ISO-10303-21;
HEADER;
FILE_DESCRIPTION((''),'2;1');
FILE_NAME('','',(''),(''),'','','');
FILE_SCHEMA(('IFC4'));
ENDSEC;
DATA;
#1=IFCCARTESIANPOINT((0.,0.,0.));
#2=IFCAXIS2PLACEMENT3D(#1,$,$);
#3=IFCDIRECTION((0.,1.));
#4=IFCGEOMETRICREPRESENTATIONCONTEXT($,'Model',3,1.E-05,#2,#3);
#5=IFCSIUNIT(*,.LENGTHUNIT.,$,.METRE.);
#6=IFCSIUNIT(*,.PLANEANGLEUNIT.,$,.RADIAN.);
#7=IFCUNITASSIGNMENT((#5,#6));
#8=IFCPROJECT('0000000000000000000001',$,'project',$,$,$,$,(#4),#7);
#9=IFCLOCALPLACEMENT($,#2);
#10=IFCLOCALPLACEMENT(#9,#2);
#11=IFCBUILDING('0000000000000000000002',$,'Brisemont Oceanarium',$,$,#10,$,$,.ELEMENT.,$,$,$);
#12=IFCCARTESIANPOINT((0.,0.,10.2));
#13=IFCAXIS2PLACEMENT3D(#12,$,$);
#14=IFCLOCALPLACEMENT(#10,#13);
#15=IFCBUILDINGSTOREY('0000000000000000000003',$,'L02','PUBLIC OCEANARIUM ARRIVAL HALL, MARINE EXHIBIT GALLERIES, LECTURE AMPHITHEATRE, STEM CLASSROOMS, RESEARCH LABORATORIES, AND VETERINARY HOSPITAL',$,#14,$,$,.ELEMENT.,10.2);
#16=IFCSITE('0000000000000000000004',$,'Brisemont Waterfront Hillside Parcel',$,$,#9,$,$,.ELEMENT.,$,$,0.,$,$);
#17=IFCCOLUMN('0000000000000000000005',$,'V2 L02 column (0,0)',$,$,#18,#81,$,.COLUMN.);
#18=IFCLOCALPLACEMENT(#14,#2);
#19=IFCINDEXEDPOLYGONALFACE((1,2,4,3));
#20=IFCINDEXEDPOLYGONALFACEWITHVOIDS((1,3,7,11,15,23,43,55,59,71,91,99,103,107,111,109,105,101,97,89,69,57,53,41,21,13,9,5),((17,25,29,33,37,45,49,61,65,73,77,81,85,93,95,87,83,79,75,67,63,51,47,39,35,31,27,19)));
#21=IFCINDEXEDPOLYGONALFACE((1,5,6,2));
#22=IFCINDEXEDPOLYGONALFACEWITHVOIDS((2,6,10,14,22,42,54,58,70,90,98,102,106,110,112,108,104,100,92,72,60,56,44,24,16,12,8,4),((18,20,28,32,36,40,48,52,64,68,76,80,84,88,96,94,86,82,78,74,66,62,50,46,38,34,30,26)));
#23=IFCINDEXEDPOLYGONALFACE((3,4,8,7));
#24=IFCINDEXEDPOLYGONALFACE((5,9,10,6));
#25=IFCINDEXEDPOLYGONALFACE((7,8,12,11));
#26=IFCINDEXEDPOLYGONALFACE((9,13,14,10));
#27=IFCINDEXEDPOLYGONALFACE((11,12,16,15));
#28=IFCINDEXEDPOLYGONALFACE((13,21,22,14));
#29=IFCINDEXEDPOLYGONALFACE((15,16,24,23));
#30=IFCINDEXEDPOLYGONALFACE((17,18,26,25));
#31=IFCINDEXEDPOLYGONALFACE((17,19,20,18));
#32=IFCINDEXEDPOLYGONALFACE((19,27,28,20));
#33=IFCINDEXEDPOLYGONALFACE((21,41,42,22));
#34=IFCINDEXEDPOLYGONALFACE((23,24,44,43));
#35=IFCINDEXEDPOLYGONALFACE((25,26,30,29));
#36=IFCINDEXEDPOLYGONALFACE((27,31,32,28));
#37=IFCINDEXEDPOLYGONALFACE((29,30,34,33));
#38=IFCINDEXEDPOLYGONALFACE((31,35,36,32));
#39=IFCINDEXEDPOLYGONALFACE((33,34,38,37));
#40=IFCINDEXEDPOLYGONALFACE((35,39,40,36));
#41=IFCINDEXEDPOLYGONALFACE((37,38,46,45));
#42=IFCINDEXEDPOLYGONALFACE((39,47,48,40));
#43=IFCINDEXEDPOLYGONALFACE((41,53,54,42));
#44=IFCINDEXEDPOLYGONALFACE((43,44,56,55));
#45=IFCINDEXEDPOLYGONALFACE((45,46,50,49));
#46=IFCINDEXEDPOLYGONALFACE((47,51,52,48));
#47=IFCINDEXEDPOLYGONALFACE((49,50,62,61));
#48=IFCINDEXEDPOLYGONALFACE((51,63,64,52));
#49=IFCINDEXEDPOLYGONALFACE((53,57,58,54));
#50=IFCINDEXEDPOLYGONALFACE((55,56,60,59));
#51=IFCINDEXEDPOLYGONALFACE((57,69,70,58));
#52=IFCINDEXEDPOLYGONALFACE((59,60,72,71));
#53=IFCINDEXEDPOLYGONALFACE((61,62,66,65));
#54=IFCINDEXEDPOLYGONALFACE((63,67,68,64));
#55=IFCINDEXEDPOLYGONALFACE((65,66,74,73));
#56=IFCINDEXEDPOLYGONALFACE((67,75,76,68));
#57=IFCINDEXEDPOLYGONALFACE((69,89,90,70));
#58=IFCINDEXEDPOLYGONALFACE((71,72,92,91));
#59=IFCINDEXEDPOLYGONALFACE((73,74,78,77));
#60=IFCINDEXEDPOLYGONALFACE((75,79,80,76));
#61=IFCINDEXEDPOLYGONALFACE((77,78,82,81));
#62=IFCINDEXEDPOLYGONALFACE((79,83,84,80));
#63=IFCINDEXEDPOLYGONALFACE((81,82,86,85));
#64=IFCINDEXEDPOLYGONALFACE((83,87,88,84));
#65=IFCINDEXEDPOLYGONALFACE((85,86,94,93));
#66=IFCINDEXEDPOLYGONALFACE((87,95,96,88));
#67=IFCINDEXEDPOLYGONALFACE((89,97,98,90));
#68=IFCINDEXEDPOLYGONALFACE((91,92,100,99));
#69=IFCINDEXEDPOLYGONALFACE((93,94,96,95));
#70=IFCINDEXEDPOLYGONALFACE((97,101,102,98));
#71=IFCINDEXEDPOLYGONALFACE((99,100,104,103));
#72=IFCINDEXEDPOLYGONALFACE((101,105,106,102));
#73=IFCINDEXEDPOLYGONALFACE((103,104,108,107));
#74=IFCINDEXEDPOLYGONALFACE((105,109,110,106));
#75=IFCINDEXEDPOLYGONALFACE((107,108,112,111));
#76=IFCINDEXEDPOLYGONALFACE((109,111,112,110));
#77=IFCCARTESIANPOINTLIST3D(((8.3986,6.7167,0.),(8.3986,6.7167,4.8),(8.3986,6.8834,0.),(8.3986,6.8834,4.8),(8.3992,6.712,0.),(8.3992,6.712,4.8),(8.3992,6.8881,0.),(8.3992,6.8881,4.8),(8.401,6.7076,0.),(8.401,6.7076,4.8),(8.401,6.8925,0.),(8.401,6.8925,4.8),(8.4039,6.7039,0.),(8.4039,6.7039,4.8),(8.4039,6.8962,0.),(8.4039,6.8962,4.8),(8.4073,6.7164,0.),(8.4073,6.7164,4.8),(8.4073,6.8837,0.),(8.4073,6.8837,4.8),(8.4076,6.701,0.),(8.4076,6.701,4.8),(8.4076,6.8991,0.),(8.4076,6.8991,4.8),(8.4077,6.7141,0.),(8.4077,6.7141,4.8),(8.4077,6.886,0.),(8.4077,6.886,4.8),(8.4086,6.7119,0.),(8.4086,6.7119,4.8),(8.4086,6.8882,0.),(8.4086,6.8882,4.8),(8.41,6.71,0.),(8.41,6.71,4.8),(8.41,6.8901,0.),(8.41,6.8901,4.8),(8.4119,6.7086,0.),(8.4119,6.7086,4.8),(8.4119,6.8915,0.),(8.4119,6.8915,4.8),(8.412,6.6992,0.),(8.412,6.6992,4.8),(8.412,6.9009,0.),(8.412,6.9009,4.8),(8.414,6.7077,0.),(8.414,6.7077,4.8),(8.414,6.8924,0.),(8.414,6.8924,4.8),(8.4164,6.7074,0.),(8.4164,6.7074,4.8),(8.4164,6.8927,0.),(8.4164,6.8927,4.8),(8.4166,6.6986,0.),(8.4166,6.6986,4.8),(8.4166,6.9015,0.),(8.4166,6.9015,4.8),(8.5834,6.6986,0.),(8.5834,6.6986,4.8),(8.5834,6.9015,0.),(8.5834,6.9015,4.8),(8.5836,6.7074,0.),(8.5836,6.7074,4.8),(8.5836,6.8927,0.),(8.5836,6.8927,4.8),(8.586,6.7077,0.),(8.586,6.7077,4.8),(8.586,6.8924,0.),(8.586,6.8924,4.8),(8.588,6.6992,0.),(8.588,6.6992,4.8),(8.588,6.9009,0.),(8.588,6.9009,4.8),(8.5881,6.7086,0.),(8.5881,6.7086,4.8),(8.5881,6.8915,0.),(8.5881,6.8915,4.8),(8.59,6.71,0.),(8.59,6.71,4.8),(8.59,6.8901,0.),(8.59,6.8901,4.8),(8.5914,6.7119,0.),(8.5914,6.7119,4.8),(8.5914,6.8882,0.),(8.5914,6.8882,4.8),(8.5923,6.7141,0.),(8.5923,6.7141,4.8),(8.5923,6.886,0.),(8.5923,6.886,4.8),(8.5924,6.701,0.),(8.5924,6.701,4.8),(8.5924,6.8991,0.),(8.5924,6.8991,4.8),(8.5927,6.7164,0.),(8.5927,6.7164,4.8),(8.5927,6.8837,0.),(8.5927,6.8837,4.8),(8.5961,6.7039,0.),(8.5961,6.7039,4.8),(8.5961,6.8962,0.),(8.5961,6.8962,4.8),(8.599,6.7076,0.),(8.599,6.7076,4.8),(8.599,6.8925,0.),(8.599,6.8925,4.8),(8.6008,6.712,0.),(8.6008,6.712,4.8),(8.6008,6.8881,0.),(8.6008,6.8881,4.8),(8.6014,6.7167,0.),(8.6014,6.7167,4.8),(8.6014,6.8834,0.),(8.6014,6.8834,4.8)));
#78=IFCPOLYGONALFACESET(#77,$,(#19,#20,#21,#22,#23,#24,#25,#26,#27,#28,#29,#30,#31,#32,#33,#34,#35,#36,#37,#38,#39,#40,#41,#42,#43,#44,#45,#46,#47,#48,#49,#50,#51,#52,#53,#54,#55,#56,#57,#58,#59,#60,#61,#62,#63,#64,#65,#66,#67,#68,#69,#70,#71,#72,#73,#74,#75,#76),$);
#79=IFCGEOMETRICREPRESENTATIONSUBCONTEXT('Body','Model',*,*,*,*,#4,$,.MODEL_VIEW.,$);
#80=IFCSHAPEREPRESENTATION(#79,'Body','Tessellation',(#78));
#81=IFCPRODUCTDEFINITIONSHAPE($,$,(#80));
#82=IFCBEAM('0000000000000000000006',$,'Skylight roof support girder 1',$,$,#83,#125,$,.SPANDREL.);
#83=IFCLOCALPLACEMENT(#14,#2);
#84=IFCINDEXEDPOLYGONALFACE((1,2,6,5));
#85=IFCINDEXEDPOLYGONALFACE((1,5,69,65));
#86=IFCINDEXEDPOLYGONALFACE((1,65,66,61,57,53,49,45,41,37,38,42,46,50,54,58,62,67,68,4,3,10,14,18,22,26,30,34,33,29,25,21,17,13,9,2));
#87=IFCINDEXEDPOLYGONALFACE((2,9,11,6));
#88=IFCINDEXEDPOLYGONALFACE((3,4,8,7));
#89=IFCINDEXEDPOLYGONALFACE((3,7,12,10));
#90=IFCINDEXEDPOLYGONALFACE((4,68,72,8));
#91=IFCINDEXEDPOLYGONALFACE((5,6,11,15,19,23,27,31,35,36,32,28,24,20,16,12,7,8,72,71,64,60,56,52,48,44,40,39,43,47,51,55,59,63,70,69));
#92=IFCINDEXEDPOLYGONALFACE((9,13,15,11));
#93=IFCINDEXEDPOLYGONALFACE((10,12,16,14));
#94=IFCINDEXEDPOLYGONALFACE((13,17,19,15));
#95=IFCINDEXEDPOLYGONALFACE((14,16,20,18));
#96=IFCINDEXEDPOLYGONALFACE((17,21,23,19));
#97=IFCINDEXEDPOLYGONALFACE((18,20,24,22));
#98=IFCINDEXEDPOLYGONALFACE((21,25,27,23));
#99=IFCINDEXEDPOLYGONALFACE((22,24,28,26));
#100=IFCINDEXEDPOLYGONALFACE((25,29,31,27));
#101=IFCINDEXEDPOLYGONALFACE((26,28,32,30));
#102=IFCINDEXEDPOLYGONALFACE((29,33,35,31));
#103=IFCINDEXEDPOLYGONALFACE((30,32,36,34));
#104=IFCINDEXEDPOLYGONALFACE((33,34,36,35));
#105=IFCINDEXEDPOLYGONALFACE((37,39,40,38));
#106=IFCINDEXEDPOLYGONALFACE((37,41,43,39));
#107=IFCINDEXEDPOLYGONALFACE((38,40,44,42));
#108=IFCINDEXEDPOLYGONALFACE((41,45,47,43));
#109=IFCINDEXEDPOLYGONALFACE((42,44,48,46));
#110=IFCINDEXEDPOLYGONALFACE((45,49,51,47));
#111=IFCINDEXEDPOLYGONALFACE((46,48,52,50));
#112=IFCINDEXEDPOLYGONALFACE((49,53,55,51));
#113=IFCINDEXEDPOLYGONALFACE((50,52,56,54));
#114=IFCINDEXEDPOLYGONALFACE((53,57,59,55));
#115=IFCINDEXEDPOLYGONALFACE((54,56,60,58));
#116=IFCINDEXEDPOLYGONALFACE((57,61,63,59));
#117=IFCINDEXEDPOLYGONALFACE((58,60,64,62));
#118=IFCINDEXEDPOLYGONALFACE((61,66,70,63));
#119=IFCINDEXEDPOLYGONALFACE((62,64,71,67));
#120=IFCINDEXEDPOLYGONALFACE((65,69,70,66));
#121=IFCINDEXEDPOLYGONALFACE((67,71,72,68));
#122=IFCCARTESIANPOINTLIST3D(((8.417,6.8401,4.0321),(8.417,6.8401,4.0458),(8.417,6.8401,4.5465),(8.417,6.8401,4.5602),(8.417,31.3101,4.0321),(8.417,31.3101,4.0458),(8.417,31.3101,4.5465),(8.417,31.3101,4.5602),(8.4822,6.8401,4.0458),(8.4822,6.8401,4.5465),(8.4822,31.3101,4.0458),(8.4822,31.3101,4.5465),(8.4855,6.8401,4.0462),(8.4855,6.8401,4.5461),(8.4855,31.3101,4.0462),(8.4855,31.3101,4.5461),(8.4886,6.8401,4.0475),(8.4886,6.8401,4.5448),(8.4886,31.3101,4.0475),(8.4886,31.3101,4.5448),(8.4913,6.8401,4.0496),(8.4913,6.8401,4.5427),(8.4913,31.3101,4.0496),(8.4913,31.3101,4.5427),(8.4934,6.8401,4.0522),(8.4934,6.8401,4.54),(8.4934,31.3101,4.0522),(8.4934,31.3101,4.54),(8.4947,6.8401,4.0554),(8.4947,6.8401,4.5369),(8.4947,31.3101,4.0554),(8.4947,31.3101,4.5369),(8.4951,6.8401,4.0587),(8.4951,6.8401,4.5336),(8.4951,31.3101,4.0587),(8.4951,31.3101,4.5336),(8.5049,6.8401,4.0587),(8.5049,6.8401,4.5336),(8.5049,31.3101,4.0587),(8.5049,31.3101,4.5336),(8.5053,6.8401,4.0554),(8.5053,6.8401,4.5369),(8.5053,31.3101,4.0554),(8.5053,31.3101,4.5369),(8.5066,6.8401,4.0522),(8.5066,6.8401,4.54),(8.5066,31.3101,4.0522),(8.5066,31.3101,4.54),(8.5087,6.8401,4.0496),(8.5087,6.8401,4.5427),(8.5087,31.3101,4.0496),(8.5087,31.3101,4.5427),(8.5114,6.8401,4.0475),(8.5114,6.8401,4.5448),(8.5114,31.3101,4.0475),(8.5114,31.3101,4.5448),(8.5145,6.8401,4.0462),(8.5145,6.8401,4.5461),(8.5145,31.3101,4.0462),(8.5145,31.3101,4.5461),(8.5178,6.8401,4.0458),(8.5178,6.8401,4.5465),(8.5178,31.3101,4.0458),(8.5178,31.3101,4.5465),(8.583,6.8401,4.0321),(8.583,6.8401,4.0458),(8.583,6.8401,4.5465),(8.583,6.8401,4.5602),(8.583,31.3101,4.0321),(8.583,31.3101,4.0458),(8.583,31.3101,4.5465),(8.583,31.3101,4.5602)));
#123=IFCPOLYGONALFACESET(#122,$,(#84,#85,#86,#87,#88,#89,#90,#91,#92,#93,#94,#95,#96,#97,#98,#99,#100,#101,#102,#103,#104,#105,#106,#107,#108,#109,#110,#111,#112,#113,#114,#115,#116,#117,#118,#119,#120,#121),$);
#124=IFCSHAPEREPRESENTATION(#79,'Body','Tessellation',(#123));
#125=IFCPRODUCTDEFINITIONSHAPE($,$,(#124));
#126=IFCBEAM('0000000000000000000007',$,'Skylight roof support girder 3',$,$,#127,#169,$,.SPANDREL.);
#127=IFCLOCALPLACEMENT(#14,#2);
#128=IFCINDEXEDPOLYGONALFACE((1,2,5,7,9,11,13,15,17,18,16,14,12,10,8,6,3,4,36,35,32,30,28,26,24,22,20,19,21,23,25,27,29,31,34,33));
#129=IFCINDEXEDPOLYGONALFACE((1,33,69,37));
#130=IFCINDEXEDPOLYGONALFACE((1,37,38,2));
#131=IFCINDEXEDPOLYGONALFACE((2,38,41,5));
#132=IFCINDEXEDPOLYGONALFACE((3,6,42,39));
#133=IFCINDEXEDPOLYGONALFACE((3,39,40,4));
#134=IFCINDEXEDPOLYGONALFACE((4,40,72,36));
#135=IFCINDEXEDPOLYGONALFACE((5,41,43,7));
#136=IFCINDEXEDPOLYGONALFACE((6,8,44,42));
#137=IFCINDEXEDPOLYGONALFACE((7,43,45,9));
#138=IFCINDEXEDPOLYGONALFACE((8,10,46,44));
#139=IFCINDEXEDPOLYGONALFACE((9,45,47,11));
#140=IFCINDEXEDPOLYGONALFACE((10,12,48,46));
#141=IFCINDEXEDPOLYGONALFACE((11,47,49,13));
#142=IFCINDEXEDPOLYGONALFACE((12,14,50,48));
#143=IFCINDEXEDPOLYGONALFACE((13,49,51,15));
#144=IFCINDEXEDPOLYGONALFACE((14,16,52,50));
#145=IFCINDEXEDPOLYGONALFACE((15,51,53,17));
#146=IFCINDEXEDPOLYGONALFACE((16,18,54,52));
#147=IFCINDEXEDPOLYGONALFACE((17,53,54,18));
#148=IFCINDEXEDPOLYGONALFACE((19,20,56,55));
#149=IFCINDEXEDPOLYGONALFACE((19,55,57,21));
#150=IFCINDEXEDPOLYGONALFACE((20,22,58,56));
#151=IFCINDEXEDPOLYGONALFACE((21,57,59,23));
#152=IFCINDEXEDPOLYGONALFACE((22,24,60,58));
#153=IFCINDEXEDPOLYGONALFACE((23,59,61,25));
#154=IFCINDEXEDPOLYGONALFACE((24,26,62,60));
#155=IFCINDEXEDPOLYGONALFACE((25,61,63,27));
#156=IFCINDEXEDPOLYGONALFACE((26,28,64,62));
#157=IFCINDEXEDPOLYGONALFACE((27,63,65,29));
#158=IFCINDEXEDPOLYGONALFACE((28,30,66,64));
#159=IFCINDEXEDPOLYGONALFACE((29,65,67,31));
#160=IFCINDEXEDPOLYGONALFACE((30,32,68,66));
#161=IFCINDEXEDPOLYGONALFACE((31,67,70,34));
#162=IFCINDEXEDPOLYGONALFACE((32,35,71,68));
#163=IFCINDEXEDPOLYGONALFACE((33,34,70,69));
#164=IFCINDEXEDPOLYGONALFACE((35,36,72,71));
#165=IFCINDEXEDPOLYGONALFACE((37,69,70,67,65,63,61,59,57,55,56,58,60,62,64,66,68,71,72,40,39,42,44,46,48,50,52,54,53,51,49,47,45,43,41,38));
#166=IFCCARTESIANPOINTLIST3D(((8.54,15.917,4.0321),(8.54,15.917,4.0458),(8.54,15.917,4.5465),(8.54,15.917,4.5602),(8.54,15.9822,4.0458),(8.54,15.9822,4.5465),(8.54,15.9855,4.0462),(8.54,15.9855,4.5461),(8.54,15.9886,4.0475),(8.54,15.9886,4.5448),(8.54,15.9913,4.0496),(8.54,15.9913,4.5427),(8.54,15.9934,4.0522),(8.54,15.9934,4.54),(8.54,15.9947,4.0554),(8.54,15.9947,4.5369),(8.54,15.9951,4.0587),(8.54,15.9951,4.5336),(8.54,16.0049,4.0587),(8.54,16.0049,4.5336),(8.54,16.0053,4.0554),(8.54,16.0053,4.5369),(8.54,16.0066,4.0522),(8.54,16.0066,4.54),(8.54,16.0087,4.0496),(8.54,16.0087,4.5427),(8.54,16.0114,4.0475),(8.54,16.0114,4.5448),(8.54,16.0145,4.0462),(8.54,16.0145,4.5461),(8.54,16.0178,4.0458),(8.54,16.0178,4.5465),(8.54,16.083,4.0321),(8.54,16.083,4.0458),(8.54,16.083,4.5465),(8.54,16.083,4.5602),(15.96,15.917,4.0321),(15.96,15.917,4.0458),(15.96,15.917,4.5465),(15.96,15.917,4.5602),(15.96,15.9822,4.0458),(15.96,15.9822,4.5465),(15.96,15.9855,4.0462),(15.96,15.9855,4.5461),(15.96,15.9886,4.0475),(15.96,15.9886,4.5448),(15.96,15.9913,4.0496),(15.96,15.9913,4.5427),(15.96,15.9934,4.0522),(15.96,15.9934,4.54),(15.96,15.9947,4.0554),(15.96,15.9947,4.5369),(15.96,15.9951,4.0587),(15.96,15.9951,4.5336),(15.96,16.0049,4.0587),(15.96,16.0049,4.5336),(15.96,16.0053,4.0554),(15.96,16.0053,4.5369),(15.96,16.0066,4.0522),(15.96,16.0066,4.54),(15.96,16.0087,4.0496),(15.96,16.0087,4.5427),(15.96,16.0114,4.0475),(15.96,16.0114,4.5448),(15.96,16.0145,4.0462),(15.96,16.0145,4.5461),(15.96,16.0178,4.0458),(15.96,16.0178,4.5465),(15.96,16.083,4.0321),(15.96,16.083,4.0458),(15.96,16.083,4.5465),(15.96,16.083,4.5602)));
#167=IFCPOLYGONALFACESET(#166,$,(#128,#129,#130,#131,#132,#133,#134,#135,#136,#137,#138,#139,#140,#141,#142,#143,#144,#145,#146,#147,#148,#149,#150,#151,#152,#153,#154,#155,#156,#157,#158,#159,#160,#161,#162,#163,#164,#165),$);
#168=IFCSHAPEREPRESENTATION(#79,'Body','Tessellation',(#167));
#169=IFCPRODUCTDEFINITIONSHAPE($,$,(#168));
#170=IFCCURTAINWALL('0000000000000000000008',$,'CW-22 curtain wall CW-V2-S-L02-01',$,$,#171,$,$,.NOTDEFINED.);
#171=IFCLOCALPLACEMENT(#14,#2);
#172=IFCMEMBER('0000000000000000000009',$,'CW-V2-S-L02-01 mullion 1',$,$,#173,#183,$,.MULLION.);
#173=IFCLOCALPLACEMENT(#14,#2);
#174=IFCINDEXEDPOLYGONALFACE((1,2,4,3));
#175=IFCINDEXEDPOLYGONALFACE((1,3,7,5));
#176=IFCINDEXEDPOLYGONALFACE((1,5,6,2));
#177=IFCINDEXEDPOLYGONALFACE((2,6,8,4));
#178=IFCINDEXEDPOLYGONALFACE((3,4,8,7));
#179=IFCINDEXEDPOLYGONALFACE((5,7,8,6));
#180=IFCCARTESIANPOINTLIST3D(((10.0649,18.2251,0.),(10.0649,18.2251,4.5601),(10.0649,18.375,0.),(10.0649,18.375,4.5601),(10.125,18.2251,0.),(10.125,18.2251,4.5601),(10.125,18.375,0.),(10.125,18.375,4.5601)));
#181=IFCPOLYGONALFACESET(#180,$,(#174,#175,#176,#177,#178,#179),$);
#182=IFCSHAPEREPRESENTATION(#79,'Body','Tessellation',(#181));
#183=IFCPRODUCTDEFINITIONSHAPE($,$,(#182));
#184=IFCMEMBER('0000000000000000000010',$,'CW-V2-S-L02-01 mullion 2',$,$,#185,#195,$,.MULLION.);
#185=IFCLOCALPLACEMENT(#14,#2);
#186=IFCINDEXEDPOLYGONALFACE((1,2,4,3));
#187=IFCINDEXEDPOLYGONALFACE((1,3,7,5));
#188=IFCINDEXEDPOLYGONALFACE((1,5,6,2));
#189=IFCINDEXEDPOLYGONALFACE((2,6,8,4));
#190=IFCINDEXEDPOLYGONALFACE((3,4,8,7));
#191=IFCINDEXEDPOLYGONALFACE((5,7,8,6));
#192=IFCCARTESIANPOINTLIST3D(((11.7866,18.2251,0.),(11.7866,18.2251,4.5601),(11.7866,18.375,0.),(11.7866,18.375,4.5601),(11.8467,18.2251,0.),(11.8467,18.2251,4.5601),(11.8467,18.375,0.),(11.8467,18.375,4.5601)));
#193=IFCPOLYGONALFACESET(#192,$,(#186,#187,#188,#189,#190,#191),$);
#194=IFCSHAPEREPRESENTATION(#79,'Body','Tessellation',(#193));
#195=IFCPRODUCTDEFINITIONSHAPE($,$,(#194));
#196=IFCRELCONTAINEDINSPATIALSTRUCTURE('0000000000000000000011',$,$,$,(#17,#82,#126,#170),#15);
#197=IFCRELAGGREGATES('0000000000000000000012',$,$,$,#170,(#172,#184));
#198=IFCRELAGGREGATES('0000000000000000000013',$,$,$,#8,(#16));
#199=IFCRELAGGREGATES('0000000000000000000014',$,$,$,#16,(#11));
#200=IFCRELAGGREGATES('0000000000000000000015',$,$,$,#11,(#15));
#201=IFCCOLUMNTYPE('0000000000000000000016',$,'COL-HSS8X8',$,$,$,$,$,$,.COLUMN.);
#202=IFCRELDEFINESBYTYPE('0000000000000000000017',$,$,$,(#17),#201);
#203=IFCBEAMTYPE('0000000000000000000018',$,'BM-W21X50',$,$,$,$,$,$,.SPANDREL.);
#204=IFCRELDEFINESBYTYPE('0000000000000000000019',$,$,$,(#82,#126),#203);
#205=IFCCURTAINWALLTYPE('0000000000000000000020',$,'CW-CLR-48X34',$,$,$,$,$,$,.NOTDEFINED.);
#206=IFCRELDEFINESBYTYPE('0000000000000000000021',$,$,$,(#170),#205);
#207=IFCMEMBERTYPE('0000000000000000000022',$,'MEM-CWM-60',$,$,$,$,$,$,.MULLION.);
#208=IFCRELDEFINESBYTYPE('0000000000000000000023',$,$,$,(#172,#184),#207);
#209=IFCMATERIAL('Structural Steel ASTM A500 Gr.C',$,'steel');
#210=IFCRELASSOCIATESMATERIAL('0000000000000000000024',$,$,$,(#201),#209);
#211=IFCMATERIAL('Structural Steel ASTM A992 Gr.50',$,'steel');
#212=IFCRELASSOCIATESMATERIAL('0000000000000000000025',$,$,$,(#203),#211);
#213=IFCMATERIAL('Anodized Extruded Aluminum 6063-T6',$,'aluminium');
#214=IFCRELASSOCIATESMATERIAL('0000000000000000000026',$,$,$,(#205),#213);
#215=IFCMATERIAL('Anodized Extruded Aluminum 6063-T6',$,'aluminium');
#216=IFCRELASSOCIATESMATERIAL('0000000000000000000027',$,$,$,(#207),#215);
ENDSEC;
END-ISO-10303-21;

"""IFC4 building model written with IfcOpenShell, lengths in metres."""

from ifc_helpers import new_model, si_unit, direction, frame, origin, origin_2d, place, context, subcontext, project, spatial, rectangle, hollow_rectangle, i_section, extrude, material, material_profile, profile_set, type_object, element, aggregate, save


model = new_model("IFC4")

# Units and contexts
model_context = context("Model", 3, precision=1e-05, world=origin(), true_north=direction((0.0, 1.0)))
body_context = subcontext(model_context, "Body", "Model", "MODEL_VIEW")
ifc_project = project(units=[si_unit("LENGTHUNIT", "METRE"), si_unit("PLANEANGLEUNIT", "RADIAN")], contexts=[model_context])

# Site, building, storey
site_placement = place(None, origin())
site = spatial("IfcSite", under=ifc_project, at=site_placement, Name="Brisemont Waterfront Hillside Parcel", CompositionType="ELEMENT", RefElevation=0.0)
building_placement = place(site_placement, origin())
building = spatial("IfcBuilding", under=site, at=building_placement, Name="Brisemont Oceanarium", CompositionType="ELEMENT")
storey_placement = place(building_placement, frame((0.0, 0.0, 10.2)))
storey = spatial("IfcBuildingStorey", under=building, at=storey_placement, Name="L02", Description="PUBLIC OCEANARIUM ARRIVAL HALL, MARINE EXHIBIT GALLERIES, LECTURE AMPHITHEATRE, STEM CLASSROOMS, RESEARCH LABORATORIES, AND VETERINARY HOSPITAL", CompositionType="ELEMENT", Elevation=10.2)

# Column
ifc_material_1 = material(Name="Structural Steel ASTM A500 Gr.C", Category="steel")
ifc_material_profile_1 = material_profile(ifc_material_1, hollow_rectangle(XDim=0.2029, YDim=0.2029, WallThickness=0.0088, InnerFilletRadius=0.009, OuterFilletRadius=0.0181, at=origin_2d()), Name="HSS8X8X3/8")
ifc_profile_set_1 = profile_set([ifc_material_profile_1], Name="Structural Steel ASTM A500 Gr.C")
column_type = type_object("IfcColumnType", Name="COL-HSS8X8", PredefinedType="COLUMN", material=ifc_profile_set_1)
column_placement = place(storey_placement, frame((8.5, 6.8, 0.0), z_axis=(0.0, 0.0, 1.0), x_axis=(1.0, 0.0, 0.0)))
element("IfcColumn", 1, at=column_placement, inside=storey, type_object=column_type, Name="V2 L02 column (0,0)", PredefinedType="COLUMN", context=body_context, shape_type="SweptSolid", body=[
    extrude(hollow_rectangle(XDim=0.2029, YDim=0.2029, WallThickness=0.0088, InnerFilletRadius=0.009, OuterFilletRadius=0.0181, at=origin_2d()), origin(), (0.0, 0.0, 1.0), 4.8),
])

# Beams
ifc_material_2 = material(Name="Structural Steel ASTM A992 Gr.50", Category="steel")
ifc_material_profile_2 = material_profile(ifc_material_2, i_section(OverallWidth=0.166, OverallDepth=0.5281, WebThickness=0.0098, FlangeThickness=0.0137, FilletRadius=0.0129, at=origin_2d()), Name="W21X50")
ifc_profile_set_2 = profile_set([ifc_material_profile_2], Name="Structural Steel ASTM A992 Gr.50")
beam_type = type_object("IfcBeamType", Name="BM-W21X50", PredefinedType="SPANDREL", material=ifc_profile_set_2)
beam_1_placement = place(storey_placement, frame((8.5, 6.8401, 4.2961), z_axis=(0.0, 1.0, 0.0), x_axis=(-1.0, 0.0, 0.0)))
element("IfcBeam", 2, at=beam_1_placement, inside=storey, type_object=beam_type, Name="Skylight roof support girder 1", PredefinedType="SPANDREL", context=body_context, shape_type="SweptSolid", body=[
    extrude(i_section(OverallWidth=0.166, OverallDepth=0.5281, WebThickness=0.0098, FlangeThickness=0.0137, FilletRadius=0.0129, at=origin_2d()), origin(), (0.0, 0.0, 1.0), 24.47),
])
beam_2_placement = place(storey_placement, frame((8.54, 16.0, 4.2961), z_axis=(1.0, 0.0, 0.0), x_axis=(0.0, 1.0, 0.0)))
element("IfcBeam", 3, at=beam_2_placement, inside=storey, type_object=beam_type, Name="Skylight roof support girder 3", PredefinedType="SPANDREL", context=body_context, shape_type="SweptSolid", body=[
    extrude(i_section(OverallWidth=0.166, OverallDepth=0.5281, WebThickness=0.0098, FlangeThickness=0.0137, FilletRadius=0.0129, at=origin_2d()), origin(), (0.0, 0.0, 1.0), 7.4199),
])

# Curtain wall, members
ifc_material_3 = material(Name="Anodized Extruded Aluminum 6063-T6", Category="aluminium")
curtain_wall_type = type_object("IfcCurtainWallType", Name="CW-CLR-48X34", PredefinedType="NOTDEFINED", material=ifc_material_3)
curtain_wall_placement = place(storey_placement, origin())
curtain_wall = element("IfcCurtainWall", 4, at=curtain_wall_placement, inside=storey, type_object=curtain_wall_type, Name="CW-22 curtain wall CW-V2-S-L02-01", PredefinedType="NOTDEFINED")
ifc_material_4 = material(Name="Anodized Extruded Aluminum 6063-T6", Category="aluminium")
ifc_material_profile_3 = material_profile(ifc_material_4, rectangle(XDim=0.0601, YDim=0.1499, at=origin_2d()), Name="CWM-60X150")
ifc_profile_set_3 = profile_set([ifc_material_profile_3], Name="Anodized Extruded Aluminum 6063-T6")
member_type_1 = type_object("IfcMemberType", Name="MEM-CWM-60", PredefinedType="MULLION", material=ifc_profile_set_3)
member_1_placement = place(storey_placement, frame((10.095, 18.3, 0.0), z_axis=(0.0, 0.0, 1.0), x_axis=(1.0, 0.0, 0.0)))
member_1 = element("IfcMember", 5, at=member_1_placement, type_object=member_type_1, Name="CW-V2-S-L02-01 mullion 1", PredefinedType="MULLION", context=body_context, shape_type="SweptSolid", body=[
    extrude(rectangle(XDim=0.0601, YDim=0.1499, at=origin_2d()), origin(), (0.0, 0.0, 1.0), 4.5601),
])
member_2_placement = place(storey_placement, frame((11.8167, 18.3, 0.0), z_axis=(0.0, 0.0, 1.0), x_axis=(1.0, 0.0, 0.0)))
member_2 = element("IfcMember", 6, at=member_2_placement, type_object=member_type_1, Name="CW-V2-S-L02-01 mullion 2", PredefinedType="MULLION", context=body_context, shape_type="SweptSolid", body=[
    extrude(rectangle(XDim=0.0601, YDim=0.1499, at=origin_2d()), origin(), (0.0, 0.0, 1.0), 4.5601),
])

aggregate(curtain_wall, [member_1, member_2])

save(model, "model.ifc")
